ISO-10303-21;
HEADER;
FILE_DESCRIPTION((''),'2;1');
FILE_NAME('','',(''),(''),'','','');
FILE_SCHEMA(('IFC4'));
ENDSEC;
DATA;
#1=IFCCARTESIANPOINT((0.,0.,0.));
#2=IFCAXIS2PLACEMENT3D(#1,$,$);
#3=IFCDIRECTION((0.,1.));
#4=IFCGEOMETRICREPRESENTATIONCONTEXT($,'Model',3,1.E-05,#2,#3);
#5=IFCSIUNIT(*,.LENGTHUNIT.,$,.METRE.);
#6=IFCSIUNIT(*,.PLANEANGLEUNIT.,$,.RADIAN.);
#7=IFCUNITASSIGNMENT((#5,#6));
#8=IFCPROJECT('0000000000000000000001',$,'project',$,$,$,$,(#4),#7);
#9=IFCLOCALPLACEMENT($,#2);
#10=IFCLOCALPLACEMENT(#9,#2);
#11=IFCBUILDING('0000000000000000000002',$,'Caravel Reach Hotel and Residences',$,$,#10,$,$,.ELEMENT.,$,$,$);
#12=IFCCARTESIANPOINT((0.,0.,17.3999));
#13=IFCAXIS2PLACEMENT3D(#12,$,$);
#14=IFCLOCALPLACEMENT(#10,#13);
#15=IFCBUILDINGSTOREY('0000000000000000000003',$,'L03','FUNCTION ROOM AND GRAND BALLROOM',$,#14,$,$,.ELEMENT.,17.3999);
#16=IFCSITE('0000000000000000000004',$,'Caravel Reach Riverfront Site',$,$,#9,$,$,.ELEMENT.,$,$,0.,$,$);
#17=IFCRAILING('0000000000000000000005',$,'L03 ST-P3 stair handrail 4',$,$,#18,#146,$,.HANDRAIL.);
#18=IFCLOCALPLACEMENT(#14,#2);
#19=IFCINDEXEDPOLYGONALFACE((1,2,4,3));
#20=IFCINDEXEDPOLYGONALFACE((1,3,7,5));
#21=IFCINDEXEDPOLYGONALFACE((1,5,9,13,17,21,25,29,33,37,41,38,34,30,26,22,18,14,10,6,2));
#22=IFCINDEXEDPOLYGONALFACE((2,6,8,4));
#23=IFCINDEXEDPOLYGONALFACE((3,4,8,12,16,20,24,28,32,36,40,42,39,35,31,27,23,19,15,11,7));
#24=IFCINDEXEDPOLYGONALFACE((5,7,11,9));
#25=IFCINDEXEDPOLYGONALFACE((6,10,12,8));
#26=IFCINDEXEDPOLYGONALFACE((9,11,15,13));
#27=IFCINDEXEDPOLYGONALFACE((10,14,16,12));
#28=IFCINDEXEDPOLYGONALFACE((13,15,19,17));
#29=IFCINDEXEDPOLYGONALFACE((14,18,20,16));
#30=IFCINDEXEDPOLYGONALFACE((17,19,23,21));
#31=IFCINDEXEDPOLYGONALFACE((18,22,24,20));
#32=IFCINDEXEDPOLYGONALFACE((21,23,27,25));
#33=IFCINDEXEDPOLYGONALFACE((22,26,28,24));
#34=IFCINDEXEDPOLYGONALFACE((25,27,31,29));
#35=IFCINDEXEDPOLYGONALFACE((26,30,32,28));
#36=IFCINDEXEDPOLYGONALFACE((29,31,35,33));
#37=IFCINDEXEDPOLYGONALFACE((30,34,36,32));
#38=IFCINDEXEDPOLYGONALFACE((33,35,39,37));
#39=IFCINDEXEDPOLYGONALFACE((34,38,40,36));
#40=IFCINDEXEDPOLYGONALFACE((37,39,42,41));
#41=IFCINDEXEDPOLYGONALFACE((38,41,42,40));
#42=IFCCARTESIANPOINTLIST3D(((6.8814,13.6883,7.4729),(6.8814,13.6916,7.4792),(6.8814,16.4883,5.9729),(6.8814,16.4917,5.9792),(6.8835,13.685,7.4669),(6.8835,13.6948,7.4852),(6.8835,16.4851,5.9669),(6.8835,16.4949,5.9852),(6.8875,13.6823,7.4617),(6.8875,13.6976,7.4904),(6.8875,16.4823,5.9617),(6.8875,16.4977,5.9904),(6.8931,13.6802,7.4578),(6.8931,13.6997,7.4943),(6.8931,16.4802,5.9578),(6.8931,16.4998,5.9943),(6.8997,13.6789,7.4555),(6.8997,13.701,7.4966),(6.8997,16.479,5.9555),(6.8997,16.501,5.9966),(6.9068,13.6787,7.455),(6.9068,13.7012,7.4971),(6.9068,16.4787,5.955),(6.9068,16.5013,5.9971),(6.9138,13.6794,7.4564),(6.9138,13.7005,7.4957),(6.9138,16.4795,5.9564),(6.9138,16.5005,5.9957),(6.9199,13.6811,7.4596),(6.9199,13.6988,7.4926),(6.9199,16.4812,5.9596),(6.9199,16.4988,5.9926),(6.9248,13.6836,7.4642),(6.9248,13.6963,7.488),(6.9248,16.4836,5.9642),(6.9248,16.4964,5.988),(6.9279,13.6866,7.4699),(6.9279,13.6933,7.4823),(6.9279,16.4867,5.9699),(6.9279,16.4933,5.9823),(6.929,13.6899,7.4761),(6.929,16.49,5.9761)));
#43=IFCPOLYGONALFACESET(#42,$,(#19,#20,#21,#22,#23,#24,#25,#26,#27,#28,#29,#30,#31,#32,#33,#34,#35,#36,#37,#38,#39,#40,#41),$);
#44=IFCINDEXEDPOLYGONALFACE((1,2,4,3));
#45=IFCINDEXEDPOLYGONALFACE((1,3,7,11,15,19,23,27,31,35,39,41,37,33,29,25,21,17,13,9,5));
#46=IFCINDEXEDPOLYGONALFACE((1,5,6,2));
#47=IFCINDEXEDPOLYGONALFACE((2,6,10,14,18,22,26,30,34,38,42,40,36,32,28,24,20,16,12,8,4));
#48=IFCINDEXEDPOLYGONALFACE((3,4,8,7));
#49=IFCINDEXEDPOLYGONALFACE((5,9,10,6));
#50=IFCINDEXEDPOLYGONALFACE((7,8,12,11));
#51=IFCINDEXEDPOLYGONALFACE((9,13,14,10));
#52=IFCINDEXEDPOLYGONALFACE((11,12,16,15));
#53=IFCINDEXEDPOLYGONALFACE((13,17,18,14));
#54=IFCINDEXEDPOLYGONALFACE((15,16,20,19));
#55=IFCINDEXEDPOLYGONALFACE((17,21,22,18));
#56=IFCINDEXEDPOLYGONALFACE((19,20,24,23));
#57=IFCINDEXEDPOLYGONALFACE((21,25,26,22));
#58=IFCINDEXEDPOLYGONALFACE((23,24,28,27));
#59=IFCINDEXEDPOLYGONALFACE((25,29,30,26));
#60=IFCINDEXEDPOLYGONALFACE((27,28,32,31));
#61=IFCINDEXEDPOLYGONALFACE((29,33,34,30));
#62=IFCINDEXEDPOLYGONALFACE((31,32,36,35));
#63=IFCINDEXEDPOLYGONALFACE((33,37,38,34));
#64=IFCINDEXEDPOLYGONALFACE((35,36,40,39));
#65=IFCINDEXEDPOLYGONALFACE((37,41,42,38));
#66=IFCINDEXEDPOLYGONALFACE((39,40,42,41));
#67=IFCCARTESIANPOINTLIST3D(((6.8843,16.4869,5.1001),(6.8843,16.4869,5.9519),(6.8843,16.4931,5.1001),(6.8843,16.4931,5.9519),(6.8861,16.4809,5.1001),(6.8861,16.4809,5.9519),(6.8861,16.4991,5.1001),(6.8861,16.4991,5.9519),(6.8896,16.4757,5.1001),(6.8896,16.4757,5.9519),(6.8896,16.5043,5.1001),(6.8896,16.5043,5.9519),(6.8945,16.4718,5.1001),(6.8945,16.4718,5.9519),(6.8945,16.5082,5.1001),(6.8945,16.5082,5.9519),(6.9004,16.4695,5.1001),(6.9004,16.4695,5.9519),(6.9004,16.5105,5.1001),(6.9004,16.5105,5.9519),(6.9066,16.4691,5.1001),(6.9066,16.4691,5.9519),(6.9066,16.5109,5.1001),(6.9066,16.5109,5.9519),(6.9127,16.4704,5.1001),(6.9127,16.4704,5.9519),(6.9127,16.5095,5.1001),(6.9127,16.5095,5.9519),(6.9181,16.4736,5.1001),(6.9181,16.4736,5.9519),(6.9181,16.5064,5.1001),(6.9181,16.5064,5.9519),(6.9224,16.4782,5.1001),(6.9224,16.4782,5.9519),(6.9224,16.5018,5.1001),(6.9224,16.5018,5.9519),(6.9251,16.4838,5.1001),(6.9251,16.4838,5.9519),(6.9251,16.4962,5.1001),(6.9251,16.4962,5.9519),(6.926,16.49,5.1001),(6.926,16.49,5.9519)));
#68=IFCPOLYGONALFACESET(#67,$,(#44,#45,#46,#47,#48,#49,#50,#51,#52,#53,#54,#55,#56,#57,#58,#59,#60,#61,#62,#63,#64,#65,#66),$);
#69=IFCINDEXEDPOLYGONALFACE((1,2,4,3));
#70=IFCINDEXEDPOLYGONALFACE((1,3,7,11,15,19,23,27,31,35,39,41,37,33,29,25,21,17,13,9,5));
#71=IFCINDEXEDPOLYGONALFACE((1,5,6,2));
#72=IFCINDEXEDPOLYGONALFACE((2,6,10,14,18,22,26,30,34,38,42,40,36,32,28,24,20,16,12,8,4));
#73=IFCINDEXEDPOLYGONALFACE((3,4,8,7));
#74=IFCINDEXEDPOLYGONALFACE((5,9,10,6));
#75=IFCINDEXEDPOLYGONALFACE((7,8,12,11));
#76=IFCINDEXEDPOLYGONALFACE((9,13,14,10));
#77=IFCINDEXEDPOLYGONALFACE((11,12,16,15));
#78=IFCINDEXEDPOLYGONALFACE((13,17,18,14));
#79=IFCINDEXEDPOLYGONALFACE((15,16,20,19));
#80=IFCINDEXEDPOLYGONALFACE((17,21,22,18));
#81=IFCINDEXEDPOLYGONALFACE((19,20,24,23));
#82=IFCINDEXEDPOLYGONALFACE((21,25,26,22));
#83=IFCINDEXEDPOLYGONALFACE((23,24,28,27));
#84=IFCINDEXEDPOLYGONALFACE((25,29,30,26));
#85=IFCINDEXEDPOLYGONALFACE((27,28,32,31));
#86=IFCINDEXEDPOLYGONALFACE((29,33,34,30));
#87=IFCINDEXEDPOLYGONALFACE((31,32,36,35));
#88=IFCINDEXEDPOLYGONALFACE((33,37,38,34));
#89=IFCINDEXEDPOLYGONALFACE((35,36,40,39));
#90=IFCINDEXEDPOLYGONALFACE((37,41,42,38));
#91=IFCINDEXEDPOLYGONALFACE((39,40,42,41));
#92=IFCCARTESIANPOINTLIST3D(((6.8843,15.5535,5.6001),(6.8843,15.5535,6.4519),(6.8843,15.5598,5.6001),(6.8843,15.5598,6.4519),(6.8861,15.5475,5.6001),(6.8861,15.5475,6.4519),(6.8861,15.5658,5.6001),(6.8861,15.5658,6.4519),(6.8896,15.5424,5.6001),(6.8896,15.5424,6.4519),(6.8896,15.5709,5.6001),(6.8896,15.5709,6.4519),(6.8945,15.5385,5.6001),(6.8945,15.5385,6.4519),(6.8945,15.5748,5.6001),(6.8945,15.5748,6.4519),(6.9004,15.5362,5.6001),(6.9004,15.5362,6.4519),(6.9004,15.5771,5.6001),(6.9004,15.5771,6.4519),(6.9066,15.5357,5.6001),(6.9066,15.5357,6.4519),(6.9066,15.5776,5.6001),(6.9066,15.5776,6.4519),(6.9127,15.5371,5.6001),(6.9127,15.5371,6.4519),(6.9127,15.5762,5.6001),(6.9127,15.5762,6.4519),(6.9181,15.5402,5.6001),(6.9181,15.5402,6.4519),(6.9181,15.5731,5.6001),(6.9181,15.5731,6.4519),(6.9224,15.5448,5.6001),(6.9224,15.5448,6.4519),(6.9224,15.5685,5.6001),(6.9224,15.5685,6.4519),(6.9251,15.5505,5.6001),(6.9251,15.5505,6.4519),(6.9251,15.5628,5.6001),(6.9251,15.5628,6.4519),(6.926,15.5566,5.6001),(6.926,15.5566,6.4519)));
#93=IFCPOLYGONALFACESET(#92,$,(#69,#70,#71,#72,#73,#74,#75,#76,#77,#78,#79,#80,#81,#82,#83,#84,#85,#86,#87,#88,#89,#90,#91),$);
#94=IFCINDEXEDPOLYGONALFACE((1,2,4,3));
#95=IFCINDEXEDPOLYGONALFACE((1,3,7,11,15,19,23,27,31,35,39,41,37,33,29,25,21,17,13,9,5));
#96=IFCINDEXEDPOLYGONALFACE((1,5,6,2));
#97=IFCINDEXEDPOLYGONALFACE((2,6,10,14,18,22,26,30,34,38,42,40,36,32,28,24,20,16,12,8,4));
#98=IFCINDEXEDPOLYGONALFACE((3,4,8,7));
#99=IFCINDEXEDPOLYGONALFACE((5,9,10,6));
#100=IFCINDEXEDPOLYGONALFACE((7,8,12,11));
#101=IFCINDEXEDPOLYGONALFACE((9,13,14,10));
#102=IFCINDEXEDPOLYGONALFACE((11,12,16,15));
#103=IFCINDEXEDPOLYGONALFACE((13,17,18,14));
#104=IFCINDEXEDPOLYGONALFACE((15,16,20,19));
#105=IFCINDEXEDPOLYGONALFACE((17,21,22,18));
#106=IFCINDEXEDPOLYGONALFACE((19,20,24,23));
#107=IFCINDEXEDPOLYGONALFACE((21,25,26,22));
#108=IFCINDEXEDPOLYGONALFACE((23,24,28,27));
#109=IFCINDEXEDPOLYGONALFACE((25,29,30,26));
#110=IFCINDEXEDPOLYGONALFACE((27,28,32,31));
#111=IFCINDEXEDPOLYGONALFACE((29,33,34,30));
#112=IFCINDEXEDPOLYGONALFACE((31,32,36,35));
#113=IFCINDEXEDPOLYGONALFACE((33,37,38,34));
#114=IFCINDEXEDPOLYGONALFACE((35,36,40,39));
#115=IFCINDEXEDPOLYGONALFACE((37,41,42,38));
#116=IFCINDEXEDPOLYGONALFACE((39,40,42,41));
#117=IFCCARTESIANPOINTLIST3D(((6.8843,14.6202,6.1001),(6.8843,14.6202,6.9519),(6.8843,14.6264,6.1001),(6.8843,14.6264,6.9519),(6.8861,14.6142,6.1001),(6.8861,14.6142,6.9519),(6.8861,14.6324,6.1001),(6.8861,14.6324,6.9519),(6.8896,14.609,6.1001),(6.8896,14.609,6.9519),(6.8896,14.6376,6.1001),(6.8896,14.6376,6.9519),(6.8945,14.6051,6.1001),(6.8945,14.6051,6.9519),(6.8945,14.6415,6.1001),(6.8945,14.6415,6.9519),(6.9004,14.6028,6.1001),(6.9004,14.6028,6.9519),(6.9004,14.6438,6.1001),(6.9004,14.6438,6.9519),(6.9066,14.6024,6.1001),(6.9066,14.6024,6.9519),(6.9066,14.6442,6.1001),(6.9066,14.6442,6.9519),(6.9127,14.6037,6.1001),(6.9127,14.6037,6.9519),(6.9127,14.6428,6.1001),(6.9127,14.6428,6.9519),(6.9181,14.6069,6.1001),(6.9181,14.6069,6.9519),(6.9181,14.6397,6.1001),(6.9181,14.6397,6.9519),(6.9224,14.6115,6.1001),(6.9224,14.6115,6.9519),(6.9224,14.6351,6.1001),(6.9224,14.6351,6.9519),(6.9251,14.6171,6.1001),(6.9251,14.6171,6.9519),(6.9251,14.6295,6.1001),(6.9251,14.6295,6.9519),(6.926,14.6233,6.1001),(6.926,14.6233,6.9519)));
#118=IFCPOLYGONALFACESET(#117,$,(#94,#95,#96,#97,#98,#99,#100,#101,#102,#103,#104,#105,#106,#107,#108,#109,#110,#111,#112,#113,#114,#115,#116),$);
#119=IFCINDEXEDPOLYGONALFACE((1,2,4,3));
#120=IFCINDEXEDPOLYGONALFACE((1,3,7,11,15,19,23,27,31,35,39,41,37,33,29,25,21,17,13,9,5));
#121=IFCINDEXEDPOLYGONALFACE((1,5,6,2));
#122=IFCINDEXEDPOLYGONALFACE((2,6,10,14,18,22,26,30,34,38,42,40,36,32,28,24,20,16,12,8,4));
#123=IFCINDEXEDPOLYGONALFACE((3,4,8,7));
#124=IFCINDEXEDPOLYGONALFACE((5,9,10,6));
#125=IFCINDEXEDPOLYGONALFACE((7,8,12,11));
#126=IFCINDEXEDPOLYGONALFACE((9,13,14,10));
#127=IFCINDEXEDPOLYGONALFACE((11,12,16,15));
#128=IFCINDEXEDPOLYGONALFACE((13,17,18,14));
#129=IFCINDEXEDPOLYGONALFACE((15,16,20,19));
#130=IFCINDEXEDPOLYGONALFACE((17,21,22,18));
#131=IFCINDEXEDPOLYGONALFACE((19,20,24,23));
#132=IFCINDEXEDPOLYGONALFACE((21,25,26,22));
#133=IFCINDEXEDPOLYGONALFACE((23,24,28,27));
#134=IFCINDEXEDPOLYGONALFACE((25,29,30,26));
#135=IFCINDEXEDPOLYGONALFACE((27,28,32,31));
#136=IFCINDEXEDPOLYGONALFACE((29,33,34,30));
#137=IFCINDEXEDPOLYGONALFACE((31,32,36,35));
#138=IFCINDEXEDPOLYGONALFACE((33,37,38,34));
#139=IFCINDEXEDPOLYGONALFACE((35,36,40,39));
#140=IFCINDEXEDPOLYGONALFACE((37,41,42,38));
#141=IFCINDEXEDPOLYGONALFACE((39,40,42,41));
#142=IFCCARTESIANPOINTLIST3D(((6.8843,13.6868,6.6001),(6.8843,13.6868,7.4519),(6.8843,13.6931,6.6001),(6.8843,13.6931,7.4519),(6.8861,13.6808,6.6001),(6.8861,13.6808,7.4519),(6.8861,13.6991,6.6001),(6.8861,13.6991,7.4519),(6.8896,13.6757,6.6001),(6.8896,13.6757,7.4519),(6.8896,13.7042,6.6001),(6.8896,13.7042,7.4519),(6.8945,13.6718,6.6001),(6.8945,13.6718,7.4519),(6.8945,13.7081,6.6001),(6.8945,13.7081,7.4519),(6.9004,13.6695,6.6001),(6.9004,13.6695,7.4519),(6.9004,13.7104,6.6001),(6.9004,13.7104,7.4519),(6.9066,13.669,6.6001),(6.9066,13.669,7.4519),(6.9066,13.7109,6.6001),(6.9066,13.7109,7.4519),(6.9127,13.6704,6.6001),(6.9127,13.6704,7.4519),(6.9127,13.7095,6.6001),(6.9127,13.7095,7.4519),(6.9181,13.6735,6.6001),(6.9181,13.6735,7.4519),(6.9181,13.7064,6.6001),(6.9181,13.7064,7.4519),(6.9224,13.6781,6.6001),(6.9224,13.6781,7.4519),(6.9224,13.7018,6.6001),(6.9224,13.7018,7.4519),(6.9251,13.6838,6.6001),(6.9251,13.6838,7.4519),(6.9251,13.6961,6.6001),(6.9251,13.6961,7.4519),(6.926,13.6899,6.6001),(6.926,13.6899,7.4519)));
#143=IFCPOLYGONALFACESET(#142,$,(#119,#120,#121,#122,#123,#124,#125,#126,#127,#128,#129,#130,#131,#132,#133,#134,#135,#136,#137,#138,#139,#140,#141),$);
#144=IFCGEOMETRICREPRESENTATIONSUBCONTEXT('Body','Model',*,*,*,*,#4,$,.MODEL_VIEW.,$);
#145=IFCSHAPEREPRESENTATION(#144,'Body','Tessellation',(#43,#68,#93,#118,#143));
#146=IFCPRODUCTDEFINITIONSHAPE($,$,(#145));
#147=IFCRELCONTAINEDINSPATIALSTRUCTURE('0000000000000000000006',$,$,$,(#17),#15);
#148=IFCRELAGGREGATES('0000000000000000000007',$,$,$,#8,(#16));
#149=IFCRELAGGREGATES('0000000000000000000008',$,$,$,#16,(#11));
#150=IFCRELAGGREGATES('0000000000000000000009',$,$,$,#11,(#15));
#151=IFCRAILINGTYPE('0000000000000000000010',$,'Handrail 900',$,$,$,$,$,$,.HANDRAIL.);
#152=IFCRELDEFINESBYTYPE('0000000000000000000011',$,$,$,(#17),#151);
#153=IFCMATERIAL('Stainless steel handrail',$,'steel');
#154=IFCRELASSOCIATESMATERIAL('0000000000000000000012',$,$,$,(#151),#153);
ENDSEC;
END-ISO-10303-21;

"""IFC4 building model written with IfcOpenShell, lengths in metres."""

from ifc_helpers import new_model, si_unit, direction, frame, origin, origin_2d, place, context, subcontext, project, spatial, circle, extrude, material, type_object, element, save


model = new_model("IFC4")

# Units and contexts
model_context = context("Model", 3, precision=1e-05, world=origin(), true_north=direction((0.0, 1.0)))
body_context = subcontext(model_context, "Body", "Model", "MODEL_VIEW")
ifc_project = project(units=[si_unit("LENGTHUNIT", "METRE"), si_unit("PLANEANGLEUNIT", "RADIAN")], contexts=[model_context])

# Site, building, storey
site_placement = place(None, origin())
site = spatial("IfcSite", under=ifc_project, at=site_placement, Name="Caravel Reach Riverfront Site", CompositionType="ELEMENT", RefElevation=0.0)
building_placement = place(site_placement, origin())
building = spatial("IfcBuilding", under=site, at=building_placement, Name="Caravel Reach Hotel and Residences", CompositionType="ELEMENT")
storey_placement = place(building_placement, frame((0.0, 0.0, 17.3999)))
storey = spatial("IfcBuildingStorey", under=building, at=storey_placement, Name="L03", Description="FUNCTION ROOM AND GRAND BALLROOM", CompositionType="ELEMENT", Elevation=17.3999)

# Railing
ifc_material_1 = material(Name="Stainless steel handrail", Category="steel")
railing_type_1 = type_object("IfcRailingType", Name="Handrail 900", PredefinedType="HANDRAIL", material=ifc_material_1)
railing_1_placement = place(storey_placement, frame((6.905, 16.49, 5.1001)))
element("IfcRailing", 1, at=railing_1_placement, inside=storey, type_object=railing_type_1, Name="L03 ST-P3 stair handrail 4", PredefinedType="HANDRAIL", context=body_context, shape_type="SweptSolid", body=[
    extrude(circle(Radius=0.0239, at=origin_2d()), frame((0.0, 0.0, 0.876), z_axis=(0.0, -0.881483, 0.472215), x_axis=(1.0, 0.0, 0.0)), (0.0, 0.0, 1.0), 3.1765),
    extrude(circle(Radius=0.021, at=origin_2d()), origin(), (0.0, 0.0, 1.0), 0.8518),
    extrude(circle(Radius=0.021, at=origin_2d()), frame((0.0, -0.9333, 0.5)), (0.0, 0.0, 1.0), 0.8518),
    extrude(circle(Radius=0.021, at=origin_2d()), frame((0.0, -1.8667, 1.0)), (0.0, 0.0, 1.0), 0.8518),
    extrude(circle(Radius=0.021, at=origin_2d()), frame((0.0, -2.8, 1.5)), (0.0, 0.0, 1.0), 0.8518),
])

save(model, "model.ifc")
